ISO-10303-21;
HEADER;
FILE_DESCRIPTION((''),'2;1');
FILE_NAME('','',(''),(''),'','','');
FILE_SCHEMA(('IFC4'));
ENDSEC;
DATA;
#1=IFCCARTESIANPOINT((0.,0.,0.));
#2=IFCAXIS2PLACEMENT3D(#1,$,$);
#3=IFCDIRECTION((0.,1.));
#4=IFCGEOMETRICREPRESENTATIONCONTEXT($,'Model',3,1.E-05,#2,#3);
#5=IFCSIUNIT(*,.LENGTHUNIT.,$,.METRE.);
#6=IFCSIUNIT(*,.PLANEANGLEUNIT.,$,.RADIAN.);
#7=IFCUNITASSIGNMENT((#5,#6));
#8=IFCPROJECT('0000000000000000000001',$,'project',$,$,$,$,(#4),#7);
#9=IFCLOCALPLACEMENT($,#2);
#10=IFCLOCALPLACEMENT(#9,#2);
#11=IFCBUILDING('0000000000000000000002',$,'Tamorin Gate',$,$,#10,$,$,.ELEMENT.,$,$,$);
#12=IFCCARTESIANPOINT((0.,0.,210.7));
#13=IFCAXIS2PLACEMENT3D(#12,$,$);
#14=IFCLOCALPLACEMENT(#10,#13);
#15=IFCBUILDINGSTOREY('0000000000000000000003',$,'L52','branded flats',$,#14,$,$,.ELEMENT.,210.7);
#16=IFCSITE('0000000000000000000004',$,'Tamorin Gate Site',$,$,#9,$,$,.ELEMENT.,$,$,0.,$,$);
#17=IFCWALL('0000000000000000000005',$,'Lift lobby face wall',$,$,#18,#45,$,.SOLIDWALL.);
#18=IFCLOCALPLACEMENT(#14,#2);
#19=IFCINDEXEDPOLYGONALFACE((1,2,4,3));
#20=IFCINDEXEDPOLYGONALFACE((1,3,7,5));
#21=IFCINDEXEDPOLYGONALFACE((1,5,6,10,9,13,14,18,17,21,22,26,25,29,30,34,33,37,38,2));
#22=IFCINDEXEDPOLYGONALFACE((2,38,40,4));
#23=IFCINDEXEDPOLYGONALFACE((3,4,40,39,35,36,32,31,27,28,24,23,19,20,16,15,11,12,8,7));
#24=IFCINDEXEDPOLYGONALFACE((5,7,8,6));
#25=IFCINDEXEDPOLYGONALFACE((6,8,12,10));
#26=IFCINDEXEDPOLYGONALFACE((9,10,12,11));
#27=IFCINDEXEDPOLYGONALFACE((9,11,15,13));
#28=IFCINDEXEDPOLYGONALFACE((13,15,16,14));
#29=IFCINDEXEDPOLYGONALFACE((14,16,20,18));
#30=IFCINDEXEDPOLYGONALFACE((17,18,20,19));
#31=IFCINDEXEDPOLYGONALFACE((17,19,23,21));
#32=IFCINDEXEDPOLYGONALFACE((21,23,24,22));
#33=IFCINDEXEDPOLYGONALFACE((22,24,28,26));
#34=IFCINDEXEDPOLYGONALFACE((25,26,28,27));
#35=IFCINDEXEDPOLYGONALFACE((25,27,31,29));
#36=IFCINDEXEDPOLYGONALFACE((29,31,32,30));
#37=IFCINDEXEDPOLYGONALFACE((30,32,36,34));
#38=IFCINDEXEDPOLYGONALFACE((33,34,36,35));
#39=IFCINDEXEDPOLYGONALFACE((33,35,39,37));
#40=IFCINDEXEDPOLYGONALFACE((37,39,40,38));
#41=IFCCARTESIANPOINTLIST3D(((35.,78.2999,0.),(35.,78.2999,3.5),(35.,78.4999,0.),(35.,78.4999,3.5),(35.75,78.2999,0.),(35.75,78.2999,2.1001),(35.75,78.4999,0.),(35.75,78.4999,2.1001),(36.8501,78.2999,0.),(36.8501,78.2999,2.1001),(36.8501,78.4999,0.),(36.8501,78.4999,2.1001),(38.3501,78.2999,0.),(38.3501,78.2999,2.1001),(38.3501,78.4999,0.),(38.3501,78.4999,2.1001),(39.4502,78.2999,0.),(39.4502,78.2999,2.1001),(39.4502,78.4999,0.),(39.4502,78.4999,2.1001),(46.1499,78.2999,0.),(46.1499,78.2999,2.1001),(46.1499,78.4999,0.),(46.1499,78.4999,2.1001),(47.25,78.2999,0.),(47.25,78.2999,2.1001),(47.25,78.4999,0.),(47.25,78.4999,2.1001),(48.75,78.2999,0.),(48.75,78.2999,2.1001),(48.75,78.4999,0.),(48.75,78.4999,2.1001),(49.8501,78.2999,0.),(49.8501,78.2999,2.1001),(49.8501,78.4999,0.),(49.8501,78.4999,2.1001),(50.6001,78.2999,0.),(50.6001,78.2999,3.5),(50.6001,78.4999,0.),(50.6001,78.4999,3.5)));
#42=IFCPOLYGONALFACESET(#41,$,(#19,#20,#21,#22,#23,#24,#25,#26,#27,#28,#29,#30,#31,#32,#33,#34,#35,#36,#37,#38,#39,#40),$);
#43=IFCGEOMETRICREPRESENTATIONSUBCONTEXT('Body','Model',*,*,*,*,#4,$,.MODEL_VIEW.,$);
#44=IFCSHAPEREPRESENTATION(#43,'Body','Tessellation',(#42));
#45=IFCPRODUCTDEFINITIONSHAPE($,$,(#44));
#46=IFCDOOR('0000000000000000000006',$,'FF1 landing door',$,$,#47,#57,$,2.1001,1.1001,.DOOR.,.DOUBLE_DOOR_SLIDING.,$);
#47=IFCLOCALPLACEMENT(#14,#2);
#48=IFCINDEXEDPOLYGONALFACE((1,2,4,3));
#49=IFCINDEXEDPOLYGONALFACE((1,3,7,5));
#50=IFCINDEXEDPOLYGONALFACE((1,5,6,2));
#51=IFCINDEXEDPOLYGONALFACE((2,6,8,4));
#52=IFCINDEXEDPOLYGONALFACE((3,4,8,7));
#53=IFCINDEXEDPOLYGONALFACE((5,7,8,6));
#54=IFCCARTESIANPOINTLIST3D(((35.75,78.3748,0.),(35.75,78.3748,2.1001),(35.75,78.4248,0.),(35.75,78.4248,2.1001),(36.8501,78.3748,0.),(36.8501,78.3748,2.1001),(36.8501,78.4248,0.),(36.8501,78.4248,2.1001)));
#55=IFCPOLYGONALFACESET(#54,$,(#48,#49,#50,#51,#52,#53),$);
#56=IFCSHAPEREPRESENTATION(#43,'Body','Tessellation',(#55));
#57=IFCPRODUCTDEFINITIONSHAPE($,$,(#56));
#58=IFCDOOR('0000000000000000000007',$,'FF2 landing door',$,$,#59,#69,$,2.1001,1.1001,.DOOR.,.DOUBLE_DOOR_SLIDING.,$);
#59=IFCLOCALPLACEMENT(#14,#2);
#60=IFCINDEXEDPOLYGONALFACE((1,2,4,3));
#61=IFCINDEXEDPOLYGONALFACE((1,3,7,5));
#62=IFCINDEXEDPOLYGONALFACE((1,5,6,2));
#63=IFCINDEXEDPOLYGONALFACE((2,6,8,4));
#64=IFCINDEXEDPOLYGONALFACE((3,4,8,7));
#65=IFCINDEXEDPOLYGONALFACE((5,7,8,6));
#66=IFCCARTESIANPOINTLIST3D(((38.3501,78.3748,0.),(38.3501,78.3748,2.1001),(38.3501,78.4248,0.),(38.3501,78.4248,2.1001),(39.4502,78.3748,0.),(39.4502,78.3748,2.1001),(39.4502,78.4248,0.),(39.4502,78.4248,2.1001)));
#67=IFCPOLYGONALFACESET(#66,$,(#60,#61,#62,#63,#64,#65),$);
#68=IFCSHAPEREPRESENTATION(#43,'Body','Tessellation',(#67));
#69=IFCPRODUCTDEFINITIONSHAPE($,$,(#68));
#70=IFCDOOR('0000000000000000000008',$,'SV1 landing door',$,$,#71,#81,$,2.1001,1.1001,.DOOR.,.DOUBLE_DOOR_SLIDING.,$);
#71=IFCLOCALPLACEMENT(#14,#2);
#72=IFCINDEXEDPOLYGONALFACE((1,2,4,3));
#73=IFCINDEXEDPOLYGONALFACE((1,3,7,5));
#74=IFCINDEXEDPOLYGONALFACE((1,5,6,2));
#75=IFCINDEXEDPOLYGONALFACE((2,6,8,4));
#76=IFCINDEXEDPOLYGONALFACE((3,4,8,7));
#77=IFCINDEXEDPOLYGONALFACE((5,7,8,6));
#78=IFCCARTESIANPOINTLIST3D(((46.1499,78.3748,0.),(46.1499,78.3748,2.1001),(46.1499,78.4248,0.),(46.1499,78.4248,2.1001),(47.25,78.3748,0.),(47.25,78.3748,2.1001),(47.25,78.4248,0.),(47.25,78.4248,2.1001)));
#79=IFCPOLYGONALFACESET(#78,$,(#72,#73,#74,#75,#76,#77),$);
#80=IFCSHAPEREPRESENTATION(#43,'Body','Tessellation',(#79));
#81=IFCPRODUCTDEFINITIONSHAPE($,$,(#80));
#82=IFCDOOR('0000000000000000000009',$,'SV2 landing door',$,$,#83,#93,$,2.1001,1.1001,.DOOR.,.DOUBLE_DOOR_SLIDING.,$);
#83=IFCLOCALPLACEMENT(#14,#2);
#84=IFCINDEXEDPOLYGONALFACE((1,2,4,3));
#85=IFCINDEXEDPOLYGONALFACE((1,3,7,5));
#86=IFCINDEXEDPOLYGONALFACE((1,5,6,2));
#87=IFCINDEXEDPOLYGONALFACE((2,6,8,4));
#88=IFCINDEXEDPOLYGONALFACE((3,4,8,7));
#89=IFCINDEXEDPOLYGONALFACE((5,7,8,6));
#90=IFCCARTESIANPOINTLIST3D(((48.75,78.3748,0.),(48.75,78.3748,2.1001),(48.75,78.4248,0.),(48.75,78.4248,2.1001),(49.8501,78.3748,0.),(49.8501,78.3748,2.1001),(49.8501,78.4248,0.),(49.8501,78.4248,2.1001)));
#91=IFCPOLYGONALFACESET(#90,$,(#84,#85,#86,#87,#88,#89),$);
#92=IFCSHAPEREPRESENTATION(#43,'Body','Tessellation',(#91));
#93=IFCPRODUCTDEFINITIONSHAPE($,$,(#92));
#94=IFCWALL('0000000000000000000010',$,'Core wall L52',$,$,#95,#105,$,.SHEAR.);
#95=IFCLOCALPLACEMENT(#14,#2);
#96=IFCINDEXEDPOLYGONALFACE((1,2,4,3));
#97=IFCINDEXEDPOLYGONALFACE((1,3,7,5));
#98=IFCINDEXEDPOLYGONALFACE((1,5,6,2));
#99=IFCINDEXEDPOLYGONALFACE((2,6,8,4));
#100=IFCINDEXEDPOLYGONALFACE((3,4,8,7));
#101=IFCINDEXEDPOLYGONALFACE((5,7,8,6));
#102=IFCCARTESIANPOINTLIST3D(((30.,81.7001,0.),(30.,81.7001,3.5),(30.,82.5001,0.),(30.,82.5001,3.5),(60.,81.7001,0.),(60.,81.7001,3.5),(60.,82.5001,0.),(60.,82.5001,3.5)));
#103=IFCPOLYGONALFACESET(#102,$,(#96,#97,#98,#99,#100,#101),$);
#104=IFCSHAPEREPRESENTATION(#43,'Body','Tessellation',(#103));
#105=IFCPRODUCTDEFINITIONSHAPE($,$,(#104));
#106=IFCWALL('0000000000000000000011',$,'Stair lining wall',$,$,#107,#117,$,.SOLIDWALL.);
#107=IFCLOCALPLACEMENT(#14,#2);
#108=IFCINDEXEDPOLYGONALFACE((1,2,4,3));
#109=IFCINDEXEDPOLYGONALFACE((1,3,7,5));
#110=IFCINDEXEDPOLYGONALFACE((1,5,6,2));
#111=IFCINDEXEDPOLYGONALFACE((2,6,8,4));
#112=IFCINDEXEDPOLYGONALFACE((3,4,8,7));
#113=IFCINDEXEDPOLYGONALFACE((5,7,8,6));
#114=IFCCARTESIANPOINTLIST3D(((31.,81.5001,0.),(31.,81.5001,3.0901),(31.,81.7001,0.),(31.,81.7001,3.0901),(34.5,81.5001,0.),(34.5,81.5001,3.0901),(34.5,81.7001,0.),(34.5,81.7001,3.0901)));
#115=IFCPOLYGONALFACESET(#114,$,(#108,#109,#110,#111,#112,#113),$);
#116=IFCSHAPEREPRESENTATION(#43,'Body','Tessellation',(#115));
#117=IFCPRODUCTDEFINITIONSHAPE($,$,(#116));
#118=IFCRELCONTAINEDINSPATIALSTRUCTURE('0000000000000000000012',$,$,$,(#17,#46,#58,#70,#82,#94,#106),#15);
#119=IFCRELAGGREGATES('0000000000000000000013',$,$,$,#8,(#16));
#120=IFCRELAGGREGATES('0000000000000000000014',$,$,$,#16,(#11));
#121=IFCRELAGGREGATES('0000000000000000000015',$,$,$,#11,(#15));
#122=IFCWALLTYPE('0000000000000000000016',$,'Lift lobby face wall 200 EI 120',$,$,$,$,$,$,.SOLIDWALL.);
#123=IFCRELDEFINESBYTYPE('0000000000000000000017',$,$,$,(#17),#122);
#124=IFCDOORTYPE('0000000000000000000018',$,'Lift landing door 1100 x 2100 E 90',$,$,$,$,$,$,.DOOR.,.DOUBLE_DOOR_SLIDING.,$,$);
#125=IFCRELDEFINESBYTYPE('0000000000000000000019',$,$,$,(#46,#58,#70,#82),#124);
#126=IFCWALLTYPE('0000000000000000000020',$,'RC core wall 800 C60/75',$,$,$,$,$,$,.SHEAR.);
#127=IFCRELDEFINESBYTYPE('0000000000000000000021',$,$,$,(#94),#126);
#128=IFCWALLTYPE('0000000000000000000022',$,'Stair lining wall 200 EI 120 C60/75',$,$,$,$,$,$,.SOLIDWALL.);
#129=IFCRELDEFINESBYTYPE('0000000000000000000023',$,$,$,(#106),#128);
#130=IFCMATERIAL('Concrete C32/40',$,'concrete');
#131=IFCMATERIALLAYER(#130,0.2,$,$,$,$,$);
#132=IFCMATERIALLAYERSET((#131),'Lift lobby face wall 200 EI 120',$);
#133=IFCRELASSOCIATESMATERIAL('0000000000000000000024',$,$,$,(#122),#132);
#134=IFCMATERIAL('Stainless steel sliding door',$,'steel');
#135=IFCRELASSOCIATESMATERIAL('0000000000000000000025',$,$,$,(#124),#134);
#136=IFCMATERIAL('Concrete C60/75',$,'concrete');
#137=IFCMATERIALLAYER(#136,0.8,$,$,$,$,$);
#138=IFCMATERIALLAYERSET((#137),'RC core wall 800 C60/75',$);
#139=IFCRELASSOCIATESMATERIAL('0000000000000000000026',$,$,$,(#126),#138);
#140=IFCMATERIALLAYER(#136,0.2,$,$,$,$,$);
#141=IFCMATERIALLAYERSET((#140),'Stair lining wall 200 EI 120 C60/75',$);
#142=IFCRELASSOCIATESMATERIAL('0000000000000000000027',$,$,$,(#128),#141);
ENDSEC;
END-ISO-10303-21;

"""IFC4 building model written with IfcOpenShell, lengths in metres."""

from ifc_helpers import new_model, si_unit, direction, frame, frame_2d, origin, place, context, subcontext, project, spatial, rectangle, extrude, material, layer, layer_set, type_object, element, fill, save


model = new_model("IFC4")

# Units and contexts
model_context = context("Model", 3, precision=1e-05, world=origin(), true_north=direction((0.0, 1.0)))
body_context = subcontext(model_context, "Body", "Model", "MODEL_VIEW")
ifc_project = project(units=[si_unit("LENGTHUNIT", "METRE"), si_unit("PLANEANGLEUNIT", "RADIAN")], contexts=[model_context])

# Site, building, storey
site_placement = place(None, origin())
site = spatial("IfcSite", under=ifc_project, at=site_placement, Name="Tamorin Gate Site", CompositionType="ELEMENT", RefElevation=0.0)
building_placement = place(site_placement, origin())
building = spatial("IfcBuilding", under=site, at=building_placement, Name="Tamorin Gate", CompositionType="ELEMENT")
storey_placement = place(building_placement, frame((0.0, 0.0, 210.7)))
storey = spatial("IfcBuildingStorey", under=building, at=storey_placement, Name="L52", Description="branded flats", CompositionType="ELEMENT", Elevation=210.7)

# Wall, openings, doors
ifc_material_1 = material(Name="Concrete C32/40", Category="concrete")
ifc_layer_1 = layer(ifc_material_1, 0.2)
ifc_layer_set_1 = layer_set([ifc_layer_1], Name="Lift lobby face wall 200 EI 120")
wall_type_1 = type_object("IfcWallType", Name="Lift lobby face wall 200 EI 120", PredefinedType="SOLIDWALL", material=ifc_layer_set_1)
wall_1_placement = place(storey_placement, frame((35.0, 78.3999, 0.0), z_axis=(0.0, 0.0, 1.0), x_axis=(1.0, 0.0, 0.0)))
wall_1 = element("IfcWall", 1, at=wall_1_placement, inside=storey, type_object=wall_type_1, Name="Lift lobby face wall", PredefinedType="SOLIDWALL", context=body_context, shape_type="SweptSolid", body=[
    extrude(rectangle(XDim=15.6001, YDim=0.2, at=frame_2d((7.8, 0.0))), origin(), (0.0, 0.0, 1.0), 3.5),
])
opening_1_placement = place(wall_1_placement, frame((0.75, 0.0, 0.0)))
opening_1 = element("IfcOpeningElement", 2, at=opening_1_placement, cuts=wall_1, PredefinedType="OPENING", context=body_context, shape_type="SweptSolid", body=[
    extrude(rectangle(XDim=1.1001, YDim=2.1001, at=frame_2d((0.55, 1.05))), frame((0.0, 0.1099, 0.0), z_axis=(0.0, -1.0, 0.0), x_axis=(1.0, 0.0, 0.0)), (0.0, 0.0, 1.0), 0.22),
])
opening_2_placement = place(wall_1_placement, frame((3.3501, 0.0, 0.0)))
opening_2 = element("IfcOpeningElement", 3, at=opening_2_placement, cuts=wall_1, PredefinedType="OPENING", context=body_context, shape_type="SweptSolid", body=[
    extrude(rectangle(XDim=1.1001, YDim=2.1001, at=frame_2d((0.55, 1.05))), frame((0.0, 0.1099, 0.0), z_axis=(0.0, -1.0, 0.0), x_axis=(1.0, 0.0, 0.0)), (0.0, 0.0, 1.0), 0.22),
])
opening_3_placement = place(wall_1_placement, frame((11.1499, 0.0, 0.0)))
opening_3 = element("IfcOpeningElement", 4, at=opening_3_placement, cuts=wall_1, PredefinedType="OPENING", context=body_context, shape_type="SweptSolid", body=[
    extrude(rectangle(XDim=1.1001, YDim=2.1001, at=frame_2d((0.55, 1.05))), frame((0.0, 0.1099, 0.0), z_axis=(0.0, -1.0, 0.0), x_axis=(1.0, 0.0, 0.0)), (0.0, 0.0, 1.0), 0.22),
])
opening_4_placement = place(wall_1_placement, frame((13.75, 0.0, 0.0)))
opening_4 = element("IfcOpeningElement", 5, at=opening_4_placement, cuts=wall_1, PredefinedType="OPENING", context=body_context, shape_type="SweptSolid", body=[
    extrude(rectangle(XDim=1.1001, YDim=2.1001, at=frame_2d((0.55, 1.05))), frame((0.0, 0.1099, 0.0), z_axis=(0.0, -1.0, 0.0), x_axis=(1.0, 0.0, 0.0)), (0.0, 0.0, 1.0), 0.22),
])
ifc_material_2 = material(Name="Stainless steel sliding door", Category="steel")
door_type_1 = type_object("IfcDoorType", Name="Lift landing door 1100 x 2100 E 90", OperationType="DOUBLE_DOOR_SLIDING", PredefinedType="DOOR", material=ifc_material_2)
door_1_placement = place(opening_1_placement, origin())
door_1 = element("IfcDoor", 6, at=door_1_placement, inside=storey, type_object=door_type_1, Name="FF1 landing door", OperationType="DOUBLE_DOOR_SLIDING", OverallHeight=2.1001, OverallWidth=1.1001, PredefinedType="DOOR", context=body_context, shape_type="SweptSolid", body=[
    extrude(rectangle(XDim=1.1001, YDim=2.1001, at=frame_2d((0.55, 1.05))), frame((0.0, 0.0249, 0.0), z_axis=(0.0, -1.0, 0.0), x_axis=(1.0, 0.0, 0.0)), (0.0, 0.0, 1.0), 0.05),
])
fill(opening_1, door_1)
door_2_placement = place(opening_2_placement, origin())
door_2 = element("IfcDoor", 7, at=door_2_placement, inside=storey, type_object=door_type_1, Name="FF2 landing door", OperationType="DOUBLE_DOOR_SLIDING", OverallHeight=2.1001, OverallWidth=1.1001, PredefinedType="DOOR", context=body_context, shape_type="SweptSolid", body=[
    extrude(rectangle(XDim=1.1001, YDim=2.1001, at=frame_2d((0.55, 1.05))), frame((0.0, 0.0249, 0.0), z_axis=(0.0, -1.0, 0.0), x_axis=(1.0, 0.0, 0.0)), (0.0, 0.0, 1.0), 0.05),
])
fill(opening_2, door_2)
door_3_placement = place(opening_3_placement, origin())
door_3 = element("IfcDoor", 8, at=door_3_placement, inside=storey, type_object=door_type_1, Name="SV1 landing door", OperationType="DOUBLE_DOOR_SLIDING", OverallHeight=2.1001, OverallWidth=1.1001, PredefinedType="DOOR", context=body_context, shape_type="SweptSolid", body=[
    extrude(rectangle(XDim=1.1001, YDim=2.1001, at=frame_2d((0.55, 1.05))), frame((0.0, 0.0249, 0.0), z_axis=(0.0, -1.0, 0.0), x_axis=(1.0, 0.0, 0.0)), (0.0, 0.0, 1.0), 0.05),
])
fill(opening_3, door_3)
door_4_placement = place(opening_4_placement, origin())
door_4 = element("IfcDoor", 9, at=door_4_placement, inside=storey, type_object=door_type_1, Name="SV2 landing door", OperationType="DOUBLE_DOOR_SLIDING", OverallHeight=2.1001, OverallWidth=1.1001, PredefinedType="DOOR", context=body_context, shape_type="SweptSolid", body=[
    extrude(rectangle(XDim=1.1001, YDim=2.1001, at=frame_2d((0.55, 1.05))), frame((0.0, 0.0249, 0.0), z_axis=(0.0, -1.0, 0.0), x_axis=(1.0, 0.0, 0.0)), (0.0, 0.0, 1.0), 0.05),
])
fill(opening_4, door_4)

# Walls
ifc_material_3 = material(Name="Concrete C60/75", Category="concrete")
ifc_layer_2 = layer(ifc_material_3, 0.8)
ifc_layer_set_2 = layer_set([ifc_layer_2], Name="RC core wall 800 C60/75")
wall_type_2 = type_object("IfcWallType", Name="RC core wall 800 C60/75", PredefinedType="SHEAR", material=ifc_layer_set_2)
wall_2_placement = place(storey_placement, frame((30.0, 82.1001, 0.0), z_axis=(0.0, 0.0, 1.0), x_axis=(1.0, 0.0, 0.0)))
element("IfcWall", 10, at=wall_2_placement, inside=storey, type_object=wall_type_2, Name="Core wall L52", PredefinedType="SHEAR", context=body_context, shape_type="SweptSolid", body=[
    extrude(rectangle(XDim=30.0, YDim=0.8, at=frame_2d((15.0, 0.0))), origin(), (0.0, 0.0, 1.0), 3.5),
])
ifc_layer_3 = layer(ifc_material_3, 0.2)
ifc_layer_set_3 = layer_set([ifc_layer_3], Name="Stair lining wall 200 EI 120 C60/75")
wall_type_3 = type_object("IfcWallType", Name="Stair lining wall 200 EI 120 C60/75", PredefinedType="SOLIDWALL", material=ifc_layer_set_3)
wall_3_placement = place(storey_placement, frame((31.0, 81.6001, 0.0), z_axis=(0.0, 0.0, 1.0), x_axis=(1.0, 0.0, 0.0)))
element("IfcWall", 11, at=wall_3_placement, inside=storey, type_object=wall_type_3, Name="Stair lining wall", PredefinedType="SOLIDWALL", context=body_context, shape_type="SweptSolid", body=[
    extrude(rectangle(XDim=3.5, YDim=0.2, at=frame_2d((1.75, 0.0))), origin(), (0.0, 0.0, 1.0), 3.0901),
])

save(model, "model.ifc")
